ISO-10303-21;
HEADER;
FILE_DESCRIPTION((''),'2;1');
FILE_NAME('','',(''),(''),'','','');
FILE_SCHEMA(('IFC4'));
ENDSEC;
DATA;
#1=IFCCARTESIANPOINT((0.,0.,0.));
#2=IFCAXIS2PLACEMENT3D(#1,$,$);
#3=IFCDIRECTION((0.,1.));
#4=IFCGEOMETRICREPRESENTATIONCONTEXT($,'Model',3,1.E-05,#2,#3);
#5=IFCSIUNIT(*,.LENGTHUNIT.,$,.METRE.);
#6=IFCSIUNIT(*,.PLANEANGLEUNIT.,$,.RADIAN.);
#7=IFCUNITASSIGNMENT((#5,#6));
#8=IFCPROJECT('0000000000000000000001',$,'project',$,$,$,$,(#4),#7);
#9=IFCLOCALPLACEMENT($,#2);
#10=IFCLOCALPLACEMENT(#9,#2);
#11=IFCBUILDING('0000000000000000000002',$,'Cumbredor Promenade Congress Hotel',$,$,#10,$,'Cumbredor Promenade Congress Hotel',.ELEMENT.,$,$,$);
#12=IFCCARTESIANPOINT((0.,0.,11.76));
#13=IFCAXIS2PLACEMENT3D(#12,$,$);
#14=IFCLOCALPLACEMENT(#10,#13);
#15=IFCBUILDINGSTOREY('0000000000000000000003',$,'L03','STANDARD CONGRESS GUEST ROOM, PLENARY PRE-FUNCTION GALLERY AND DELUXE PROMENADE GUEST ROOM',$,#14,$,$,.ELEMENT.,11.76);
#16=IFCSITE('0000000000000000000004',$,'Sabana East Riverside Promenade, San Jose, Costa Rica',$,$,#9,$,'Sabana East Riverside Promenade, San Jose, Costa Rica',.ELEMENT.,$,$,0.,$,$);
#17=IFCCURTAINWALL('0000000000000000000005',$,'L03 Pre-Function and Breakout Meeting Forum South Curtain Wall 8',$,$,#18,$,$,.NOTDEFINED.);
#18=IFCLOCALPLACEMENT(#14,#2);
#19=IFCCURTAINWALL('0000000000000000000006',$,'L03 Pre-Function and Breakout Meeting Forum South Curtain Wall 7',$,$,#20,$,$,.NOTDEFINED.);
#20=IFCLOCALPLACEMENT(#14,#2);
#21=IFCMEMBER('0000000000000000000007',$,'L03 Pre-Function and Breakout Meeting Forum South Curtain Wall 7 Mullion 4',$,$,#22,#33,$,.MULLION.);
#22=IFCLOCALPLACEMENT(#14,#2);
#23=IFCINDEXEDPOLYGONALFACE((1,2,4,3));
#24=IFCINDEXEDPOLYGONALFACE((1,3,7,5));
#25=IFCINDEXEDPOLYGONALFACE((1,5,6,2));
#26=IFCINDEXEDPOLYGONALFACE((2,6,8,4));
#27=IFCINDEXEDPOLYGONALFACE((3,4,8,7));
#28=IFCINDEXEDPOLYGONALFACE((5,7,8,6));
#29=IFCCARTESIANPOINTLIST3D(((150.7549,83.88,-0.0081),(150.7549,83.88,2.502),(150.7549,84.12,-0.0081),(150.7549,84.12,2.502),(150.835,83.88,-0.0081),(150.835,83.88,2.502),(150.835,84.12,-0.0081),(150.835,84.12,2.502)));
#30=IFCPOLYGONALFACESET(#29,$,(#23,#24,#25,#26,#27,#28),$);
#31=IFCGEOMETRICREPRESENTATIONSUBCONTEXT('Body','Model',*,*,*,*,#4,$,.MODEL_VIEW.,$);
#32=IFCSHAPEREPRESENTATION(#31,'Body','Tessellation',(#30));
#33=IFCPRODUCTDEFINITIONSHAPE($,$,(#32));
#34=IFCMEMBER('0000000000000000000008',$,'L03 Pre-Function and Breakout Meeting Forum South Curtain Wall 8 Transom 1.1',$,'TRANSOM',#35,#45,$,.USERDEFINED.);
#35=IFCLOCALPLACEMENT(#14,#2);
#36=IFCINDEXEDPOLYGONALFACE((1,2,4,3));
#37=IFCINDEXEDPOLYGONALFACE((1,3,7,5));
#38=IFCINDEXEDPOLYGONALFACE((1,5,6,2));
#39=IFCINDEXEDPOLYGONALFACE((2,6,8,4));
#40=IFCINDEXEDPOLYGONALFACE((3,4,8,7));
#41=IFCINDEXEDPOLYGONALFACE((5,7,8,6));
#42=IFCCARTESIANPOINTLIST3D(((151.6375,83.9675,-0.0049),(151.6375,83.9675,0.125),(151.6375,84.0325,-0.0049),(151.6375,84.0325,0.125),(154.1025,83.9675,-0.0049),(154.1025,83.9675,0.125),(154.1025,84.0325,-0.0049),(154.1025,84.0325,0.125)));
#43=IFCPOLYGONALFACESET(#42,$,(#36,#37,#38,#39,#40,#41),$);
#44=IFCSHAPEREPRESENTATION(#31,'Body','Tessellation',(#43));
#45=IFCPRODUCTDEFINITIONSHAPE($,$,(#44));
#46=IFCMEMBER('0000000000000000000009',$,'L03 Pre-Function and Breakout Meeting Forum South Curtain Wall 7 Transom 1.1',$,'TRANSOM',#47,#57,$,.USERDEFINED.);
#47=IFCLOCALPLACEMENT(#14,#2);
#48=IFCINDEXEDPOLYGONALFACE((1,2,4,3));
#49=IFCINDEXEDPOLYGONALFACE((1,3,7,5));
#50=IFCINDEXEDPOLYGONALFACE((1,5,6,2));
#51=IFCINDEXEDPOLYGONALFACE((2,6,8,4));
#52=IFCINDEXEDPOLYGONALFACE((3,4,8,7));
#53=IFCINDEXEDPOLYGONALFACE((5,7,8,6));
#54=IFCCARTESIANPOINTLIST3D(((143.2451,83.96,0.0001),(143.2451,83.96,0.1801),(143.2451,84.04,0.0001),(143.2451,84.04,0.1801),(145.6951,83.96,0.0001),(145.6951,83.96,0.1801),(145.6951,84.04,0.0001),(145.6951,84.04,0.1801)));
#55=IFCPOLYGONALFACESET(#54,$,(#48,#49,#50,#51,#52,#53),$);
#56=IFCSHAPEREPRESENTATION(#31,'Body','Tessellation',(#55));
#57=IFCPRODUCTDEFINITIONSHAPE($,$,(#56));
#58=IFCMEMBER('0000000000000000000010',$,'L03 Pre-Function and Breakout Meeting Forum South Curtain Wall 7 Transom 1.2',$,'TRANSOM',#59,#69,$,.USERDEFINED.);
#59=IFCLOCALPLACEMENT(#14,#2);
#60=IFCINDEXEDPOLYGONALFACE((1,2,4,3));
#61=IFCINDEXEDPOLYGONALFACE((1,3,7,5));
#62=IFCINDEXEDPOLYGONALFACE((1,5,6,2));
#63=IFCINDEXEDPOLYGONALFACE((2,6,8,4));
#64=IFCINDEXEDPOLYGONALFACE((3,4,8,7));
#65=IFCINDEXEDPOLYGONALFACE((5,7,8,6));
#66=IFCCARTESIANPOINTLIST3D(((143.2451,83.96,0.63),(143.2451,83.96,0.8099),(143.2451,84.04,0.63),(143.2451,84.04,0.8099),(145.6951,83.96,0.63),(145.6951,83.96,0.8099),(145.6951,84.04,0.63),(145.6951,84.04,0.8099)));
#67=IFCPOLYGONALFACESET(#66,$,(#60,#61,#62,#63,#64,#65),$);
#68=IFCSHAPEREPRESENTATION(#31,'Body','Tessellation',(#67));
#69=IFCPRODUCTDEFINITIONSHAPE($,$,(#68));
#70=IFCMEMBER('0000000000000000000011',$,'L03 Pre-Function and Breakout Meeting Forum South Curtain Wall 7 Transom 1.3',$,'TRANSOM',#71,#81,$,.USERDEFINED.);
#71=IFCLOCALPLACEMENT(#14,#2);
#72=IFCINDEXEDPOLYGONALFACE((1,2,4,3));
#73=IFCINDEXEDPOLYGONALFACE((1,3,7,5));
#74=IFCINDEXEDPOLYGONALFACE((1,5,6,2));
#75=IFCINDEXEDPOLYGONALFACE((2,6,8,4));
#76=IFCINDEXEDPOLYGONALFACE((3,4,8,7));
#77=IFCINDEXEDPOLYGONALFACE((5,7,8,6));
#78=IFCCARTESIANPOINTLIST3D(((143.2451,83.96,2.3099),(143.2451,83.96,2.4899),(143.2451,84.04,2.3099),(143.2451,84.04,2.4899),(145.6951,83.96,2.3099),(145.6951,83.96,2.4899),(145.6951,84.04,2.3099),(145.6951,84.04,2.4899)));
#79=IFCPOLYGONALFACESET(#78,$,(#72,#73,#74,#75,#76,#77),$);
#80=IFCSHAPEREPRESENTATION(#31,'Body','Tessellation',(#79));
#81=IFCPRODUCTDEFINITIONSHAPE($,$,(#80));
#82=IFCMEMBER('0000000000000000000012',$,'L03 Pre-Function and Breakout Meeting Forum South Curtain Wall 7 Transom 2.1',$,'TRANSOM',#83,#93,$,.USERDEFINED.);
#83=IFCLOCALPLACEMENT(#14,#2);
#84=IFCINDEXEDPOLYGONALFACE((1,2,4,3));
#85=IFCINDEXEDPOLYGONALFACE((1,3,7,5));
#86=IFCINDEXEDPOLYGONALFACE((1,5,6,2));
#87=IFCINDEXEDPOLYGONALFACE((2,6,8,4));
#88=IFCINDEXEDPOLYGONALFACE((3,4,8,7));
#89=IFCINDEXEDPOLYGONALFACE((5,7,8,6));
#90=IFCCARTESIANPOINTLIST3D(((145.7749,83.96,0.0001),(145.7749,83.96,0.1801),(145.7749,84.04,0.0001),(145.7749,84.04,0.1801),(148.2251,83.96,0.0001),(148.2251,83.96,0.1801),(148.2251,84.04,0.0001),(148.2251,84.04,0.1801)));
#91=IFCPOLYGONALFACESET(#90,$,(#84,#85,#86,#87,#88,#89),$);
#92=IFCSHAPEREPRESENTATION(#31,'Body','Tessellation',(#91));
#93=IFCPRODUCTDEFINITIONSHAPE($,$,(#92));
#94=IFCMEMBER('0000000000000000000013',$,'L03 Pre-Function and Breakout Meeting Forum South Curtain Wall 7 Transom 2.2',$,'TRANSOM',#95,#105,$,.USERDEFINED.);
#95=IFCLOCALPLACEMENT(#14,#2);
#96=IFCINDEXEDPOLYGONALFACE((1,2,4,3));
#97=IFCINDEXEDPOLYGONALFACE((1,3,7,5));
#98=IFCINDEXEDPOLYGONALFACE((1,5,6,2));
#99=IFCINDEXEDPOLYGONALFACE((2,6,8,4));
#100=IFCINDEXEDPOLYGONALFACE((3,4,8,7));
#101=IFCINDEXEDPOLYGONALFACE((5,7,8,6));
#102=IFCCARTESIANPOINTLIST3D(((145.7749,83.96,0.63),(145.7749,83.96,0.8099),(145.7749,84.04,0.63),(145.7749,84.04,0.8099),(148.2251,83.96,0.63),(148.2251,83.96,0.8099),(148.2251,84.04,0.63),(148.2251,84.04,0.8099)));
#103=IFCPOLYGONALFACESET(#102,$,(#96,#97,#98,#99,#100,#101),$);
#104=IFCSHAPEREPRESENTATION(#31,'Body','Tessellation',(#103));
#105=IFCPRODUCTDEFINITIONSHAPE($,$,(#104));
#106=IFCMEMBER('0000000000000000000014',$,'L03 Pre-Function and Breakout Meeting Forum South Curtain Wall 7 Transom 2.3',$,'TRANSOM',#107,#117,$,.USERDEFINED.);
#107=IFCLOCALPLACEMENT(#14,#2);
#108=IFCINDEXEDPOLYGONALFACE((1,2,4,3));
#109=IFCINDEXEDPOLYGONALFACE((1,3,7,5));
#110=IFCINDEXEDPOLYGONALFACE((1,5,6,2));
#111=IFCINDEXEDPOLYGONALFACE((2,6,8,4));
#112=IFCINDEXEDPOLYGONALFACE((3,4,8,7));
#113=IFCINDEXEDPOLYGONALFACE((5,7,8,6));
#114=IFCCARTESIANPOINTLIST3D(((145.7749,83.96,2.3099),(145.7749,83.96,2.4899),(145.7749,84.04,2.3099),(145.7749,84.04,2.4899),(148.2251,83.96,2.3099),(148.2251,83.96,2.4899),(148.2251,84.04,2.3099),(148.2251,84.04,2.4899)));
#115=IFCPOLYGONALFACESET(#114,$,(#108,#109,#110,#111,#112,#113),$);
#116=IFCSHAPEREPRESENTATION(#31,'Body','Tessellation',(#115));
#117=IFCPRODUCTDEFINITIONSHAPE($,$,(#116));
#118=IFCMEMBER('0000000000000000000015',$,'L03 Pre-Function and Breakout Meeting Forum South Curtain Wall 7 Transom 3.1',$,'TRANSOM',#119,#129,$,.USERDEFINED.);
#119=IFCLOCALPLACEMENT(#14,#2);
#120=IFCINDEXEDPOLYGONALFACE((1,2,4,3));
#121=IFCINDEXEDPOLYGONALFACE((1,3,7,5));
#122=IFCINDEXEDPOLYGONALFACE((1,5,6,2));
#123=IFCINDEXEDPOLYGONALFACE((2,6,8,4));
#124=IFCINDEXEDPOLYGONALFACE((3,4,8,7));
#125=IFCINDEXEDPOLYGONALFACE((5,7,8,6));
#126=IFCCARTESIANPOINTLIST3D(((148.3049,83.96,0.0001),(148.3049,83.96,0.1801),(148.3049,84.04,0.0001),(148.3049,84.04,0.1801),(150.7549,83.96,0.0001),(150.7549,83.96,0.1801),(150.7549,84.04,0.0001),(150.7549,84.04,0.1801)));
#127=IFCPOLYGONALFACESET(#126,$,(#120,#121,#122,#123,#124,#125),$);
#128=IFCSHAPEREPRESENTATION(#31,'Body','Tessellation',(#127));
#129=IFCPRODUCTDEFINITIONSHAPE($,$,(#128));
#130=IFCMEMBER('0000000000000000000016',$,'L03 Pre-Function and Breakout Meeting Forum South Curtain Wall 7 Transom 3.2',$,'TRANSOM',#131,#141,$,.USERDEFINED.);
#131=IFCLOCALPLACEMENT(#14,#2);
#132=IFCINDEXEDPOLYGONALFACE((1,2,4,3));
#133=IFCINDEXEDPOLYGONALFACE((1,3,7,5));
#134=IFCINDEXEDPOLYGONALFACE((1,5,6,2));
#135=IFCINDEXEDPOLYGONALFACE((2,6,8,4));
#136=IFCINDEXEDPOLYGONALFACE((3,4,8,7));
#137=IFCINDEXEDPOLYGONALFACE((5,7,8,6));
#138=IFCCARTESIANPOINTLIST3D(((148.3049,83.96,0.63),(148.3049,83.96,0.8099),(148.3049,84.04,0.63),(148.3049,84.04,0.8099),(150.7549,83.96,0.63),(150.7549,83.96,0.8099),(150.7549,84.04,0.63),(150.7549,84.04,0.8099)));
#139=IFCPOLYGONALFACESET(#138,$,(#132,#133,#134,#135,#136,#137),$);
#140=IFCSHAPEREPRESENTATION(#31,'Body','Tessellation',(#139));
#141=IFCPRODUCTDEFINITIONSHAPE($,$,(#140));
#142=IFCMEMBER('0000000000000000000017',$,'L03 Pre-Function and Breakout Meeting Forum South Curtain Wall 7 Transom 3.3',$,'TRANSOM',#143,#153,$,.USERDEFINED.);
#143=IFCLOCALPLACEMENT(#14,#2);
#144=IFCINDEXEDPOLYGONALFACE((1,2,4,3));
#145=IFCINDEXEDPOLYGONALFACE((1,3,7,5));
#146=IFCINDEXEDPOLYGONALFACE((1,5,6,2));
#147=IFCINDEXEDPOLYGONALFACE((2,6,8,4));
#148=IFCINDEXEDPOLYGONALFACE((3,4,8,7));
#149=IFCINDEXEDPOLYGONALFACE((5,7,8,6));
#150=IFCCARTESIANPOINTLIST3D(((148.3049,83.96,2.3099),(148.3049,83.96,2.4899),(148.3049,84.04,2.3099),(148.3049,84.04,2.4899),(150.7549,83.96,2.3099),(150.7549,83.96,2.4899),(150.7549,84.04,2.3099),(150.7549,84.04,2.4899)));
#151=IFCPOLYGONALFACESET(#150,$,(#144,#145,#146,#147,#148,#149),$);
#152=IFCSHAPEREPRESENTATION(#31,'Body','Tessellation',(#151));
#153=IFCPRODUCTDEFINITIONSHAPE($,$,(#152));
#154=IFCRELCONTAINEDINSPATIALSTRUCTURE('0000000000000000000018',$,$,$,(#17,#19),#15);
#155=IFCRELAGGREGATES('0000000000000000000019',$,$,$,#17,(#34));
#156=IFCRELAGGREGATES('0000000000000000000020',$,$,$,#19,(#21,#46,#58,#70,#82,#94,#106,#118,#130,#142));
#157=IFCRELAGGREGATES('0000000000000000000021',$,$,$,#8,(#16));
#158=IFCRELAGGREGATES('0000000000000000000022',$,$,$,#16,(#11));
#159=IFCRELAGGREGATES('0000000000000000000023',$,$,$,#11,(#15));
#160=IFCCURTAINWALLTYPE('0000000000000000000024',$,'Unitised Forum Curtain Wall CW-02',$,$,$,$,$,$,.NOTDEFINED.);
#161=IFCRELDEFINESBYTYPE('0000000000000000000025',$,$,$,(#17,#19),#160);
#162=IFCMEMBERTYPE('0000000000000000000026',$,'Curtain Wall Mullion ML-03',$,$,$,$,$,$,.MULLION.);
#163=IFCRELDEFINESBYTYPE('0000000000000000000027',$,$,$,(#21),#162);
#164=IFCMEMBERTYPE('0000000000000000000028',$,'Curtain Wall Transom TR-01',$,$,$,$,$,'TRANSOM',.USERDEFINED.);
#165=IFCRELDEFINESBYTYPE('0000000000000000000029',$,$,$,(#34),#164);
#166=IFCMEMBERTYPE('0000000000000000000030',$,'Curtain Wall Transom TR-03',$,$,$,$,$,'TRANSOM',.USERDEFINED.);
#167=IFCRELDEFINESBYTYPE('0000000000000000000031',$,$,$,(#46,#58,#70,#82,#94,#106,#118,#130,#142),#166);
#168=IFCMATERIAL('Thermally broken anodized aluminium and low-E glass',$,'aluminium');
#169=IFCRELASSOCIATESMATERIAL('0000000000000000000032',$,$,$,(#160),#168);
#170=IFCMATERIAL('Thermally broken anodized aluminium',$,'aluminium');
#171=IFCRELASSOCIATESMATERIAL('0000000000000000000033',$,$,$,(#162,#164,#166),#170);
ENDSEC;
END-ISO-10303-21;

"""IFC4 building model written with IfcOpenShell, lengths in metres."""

from ifc_helpers import new_model, si_unit, direction, frame, origin, origin_2d, place, context, subcontext, project, spatial, rectangle, extrude, material, material_profile, profile_set, type_object, element, aggregate, save


model = new_model("IFC4")

# Units and contexts
model_context = context("Model", 3, precision=1e-05, world=origin(), true_north=direction((0.0, 1.0)))
body_context = subcontext(model_context, "Body", "Model", "MODEL_VIEW")
ifc_project = project(units=[si_unit("LENGTHUNIT", "METRE"), si_unit("PLANEANGLEUNIT", "RADIAN")], contexts=[model_context])

# Site, building, storey
site_placement = place(None, origin())
site = spatial("IfcSite", under=ifc_project, at=site_placement, Name="Sabana East Riverside Promenade, San Jose, Costa Rica", LongName="Sabana East Riverside Promenade, San Jose, Costa Rica", CompositionType="ELEMENT", RefElevation=0.0)
building_placement = place(site_placement, origin())
building = spatial("IfcBuilding", under=site, at=building_placement, Name="Cumbredor Promenade Congress Hotel", LongName="Cumbredor Promenade Congress Hotel", CompositionType="ELEMENT")
storey_placement = place(building_placement, frame((0.0, 0.0, 11.76)))
storey = spatial("IfcBuildingStorey", under=building, at=storey_placement, Name="L03", Description="STANDARD CONGRESS GUEST ROOM, PLENARY PRE-FUNCTION GALLERY AND DELUXE PROMENADE GUEST ROOM", CompositionType="ELEMENT", Elevation=11.76)

# Curtain wall
ifc_material_1 = material(Name="Thermally broken anodized aluminium and low-E glass", Category="aluminium")
curtain_wall_type = type_object("IfcCurtainWallType", Name="Unitised Forum Curtain Wall CW-02", PredefinedType="NOTDEFINED", material=ifc_material_1)
curtain_wall_1_placement = place(storey_placement, origin())
curtain_wall_1 = element("IfcCurtainWall", 1, at=curtain_wall_1_placement, inside=storey, type_object=curtain_wall_type, Name="L03 Pre-Function and Breakout Meeting Forum South Curtain Wall 8", PredefinedType="NOTDEFINED")
ifc_material_2 = material(Name="Thermally broken anodized aluminium", Category="aluminium")

# Curtain wall, member
curtain_wall_2_placement = place(storey_placement, origin())
curtain_wall_2 = element("IfcCurtainWall", 2, at=curtain_wall_2_placement, inside=storey, type_object=curtain_wall_type, Name="L03 Pre-Function and Breakout Meeting Forum South Curtain Wall 7", PredefinedType="NOTDEFINED")
ifc_material_profile_1 = material_profile(ifc_material_2, rectangle(XDim=0.0801, YDim=0.24, at=origin_2d()), Name="ALU MULLION 80x240")
ifc_profile_set_1 = profile_set([ifc_material_profile_1], Name="Thermally broken anodized aluminium")
member_type_1 = type_object("IfcMemberType", Name="Curtain Wall Mullion ML-03", PredefinedType="MULLION", material=ifc_profile_set_1)
member_1_placement = place(storey_placement, frame((150.7949, 84.0, -0.0081), z_axis=(0.0, 0.0, 1.0), x_axis=(1.0, 0.0, 0.0)))
member_1 = element("IfcMember", 3, at=member_1_placement, type_object=member_type_1, Name="L03 Pre-Function and Breakout Meeting Forum South Curtain Wall 7 Mullion 4", PredefinedType="MULLION", context=body_context, shape_type="SweptSolid", body=[
    extrude(rectangle(XDim=0.0801, YDim=0.24, at=origin_2d()), origin(), (0.0, 0.0, 1.0), 2.51),
])

# Members
ifc_material_profile_2 = material_profile(ifc_material_2, rectangle(XDim=0.0649, YDim=0.1299, at=origin_2d()), Name="ALU TRANSOM 65x130")
ifc_profile_set_2 = profile_set([ifc_material_profile_2], Name="Thermally broken anodized aluminium")
member_type_2 = type_object("IfcMemberType", Name="Curtain Wall Transom TR-01", ElementType="TRANSOM", PredefinedType="USERDEFINED", material=ifc_profile_set_2)
member_2_placement = place(storey_placement, frame((151.6375, 84.0, 0.0601), z_axis=(1.0, 0.0, 0.0), x_axis=(0.0, 1.0, 0.0)))
member_2 = element("IfcMember", 4, at=member_2_placement, type_object=member_type_2, Name="L03 Pre-Function and Breakout Meeting Forum South Curtain Wall 8 Transom 1.1", ObjectType="TRANSOM", PredefinedType="USERDEFINED", context=body_context, shape_type="SweptSolid", body=[
    extrude(rectangle(XDim=0.0649, YDim=0.1299, at=origin_2d()), origin(), (0.0, 0.0, 1.0), 2.4651),
])
aggregate(curtain_wall_1, [member_2])
ifc_material_profile_3 = material_profile(ifc_material_2, rectangle(XDim=0.0801, YDim=0.1799, at=origin_2d()), Name="ALU TRANSOM 80x180")
ifc_profile_set_3 = profile_set([ifc_material_profile_3], Name="Thermally broken anodized aluminium")
member_type_3 = type_object("IfcMemberType", Name="Curtain Wall Transom TR-03", ElementType="TRANSOM", PredefinedType="USERDEFINED", material=ifc_profile_set_3)
member_3_placement = place(storey_placement, frame((143.2451, 84.0, 0.0901), z_axis=(1.0, 0.0, 0.0), x_axis=(0.0, 1.0, 0.0)))
member_3 = element("IfcMember", 5, at=member_3_placement, type_object=member_type_3, Name="L03 Pre-Function and Breakout Meeting Forum South Curtain Wall 7 Transom 1.1", ObjectType="TRANSOM", PredefinedType="USERDEFINED", context=body_context, shape_type="SweptSolid", body=[
    extrude(rectangle(XDim=0.0801, YDim=0.1799, at=origin_2d()), origin(), (0.0, 0.0, 1.0), 2.45),
])
member_4_placement = place(storey_placement, frame((143.2451, 84.0, 0.72), z_axis=(1.0, 0.0, 0.0), x_axis=(0.0, 1.0, 0.0)))
member_4 = element("IfcMember", 6, at=member_4_placement, type_object=member_type_3, Name="L03 Pre-Function and Breakout Meeting Forum South Curtain Wall 7 Transom 1.2", ObjectType="TRANSOM", PredefinedType="USERDEFINED", context=body_context, shape_type="SweptSolid", body=[
    extrude(rectangle(XDim=0.0801, YDim=0.1799, at=origin_2d()), origin(), (0.0, 0.0, 1.0), 2.45),
])
member_5_placement = place(storey_placement, frame((143.2451, 84.0, 2.3999), z_axis=(1.0, 0.0, 0.0), x_axis=(0.0, 1.0, 0.0)))
member_5 = element("IfcMember", 7, at=member_5_placement, type_object=member_type_3, Name="L03 Pre-Function and Breakout Meeting Forum South Curtain Wall 7 Transom 1.3", ObjectType="TRANSOM", PredefinedType="USERDEFINED", context=body_context, shape_type="SweptSolid", body=[
    extrude(rectangle(XDim=0.0801, YDim=0.1799, at=origin_2d()), origin(), (0.0, 0.0, 1.0), 2.45),
])
member_6_placement = place(storey_placement, frame((145.7749, 84.0, 0.0901), z_axis=(1.0, 0.0, 0.0), x_axis=(0.0, 1.0, 0.0)))
member_6 = element("IfcMember", 8, at=member_6_placement, type_object=member_type_3, Name="L03 Pre-Function and Breakout Meeting Forum South Curtain Wall 7 Transom 2.1", ObjectType="TRANSOM", PredefinedType="USERDEFINED", context=body_context, shape_type="SweptSolid", body=[
    extrude(rectangle(XDim=0.0801, YDim=0.1799, at=origin_2d()), origin(), (0.0, 0.0, 1.0), 2.4502),
])
member_7_placement = place(storey_placement, frame((145.7749, 84.0, 0.72), z_axis=(1.0, 0.0, 0.0), x_axis=(0.0, 1.0, 0.0)))
member_7 = element("IfcMember", 9, at=member_7_placement, type_object=member_type_3, Name="L03 Pre-Function and Breakout Meeting Forum South Curtain Wall 7 Transom 2.2", ObjectType="TRANSOM", PredefinedType="USERDEFINED", context=body_context, shape_type="SweptSolid", body=[
    extrude(rectangle(XDim=0.0801, YDim=0.1799, at=origin_2d()), origin(), (0.0, 0.0, 1.0), 2.4502),
])
member_8_placement = place(storey_placement, frame((145.7749, 84.0, 2.3999), z_axis=(1.0, 0.0, 0.0), x_axis=(0.0, 1.0, 0.0)))
member_8 = element("IfcMember", 10, at=member_8_placement, type_object=member_type_3, Name="L03 Pre-Function and Breakout Meeting Forum South Curtain Wall 7 Transom 2.3", ObjectType="TRANSOM", PredefinedType="USERDEFINED", context=body_context, shape_type="SweptSolid", body=[
    extrude(rectangle(XDim=0.0801, YDim=0.1799, at=origin_2d()), origin(), (0.0, 0.0, 1.0), 2.4502),
])
member_9_placement = place(storey_placement, frame((148.3049, 84.0, 0.0901), z_axis=(1.0, 0.0, 0.0), x_axis=(0.0, 1.0, 0.0)))
member_9 = element("IfcMember", 11, at=member_9_placement, type_object=member_type_3, Name="L03 Pre-Function and Breakout Meeting Forum South Curtain Wall 7 Transom 3.1", ObjectType="TRANSOM", PredefinedType="USERDEFINED", context=body_context, shape_type="SweptSolid", body=[
    extrude(rectangle(XDim=0.0801, YDim=0.1799, at=origin_2d()), origin(), (0.0, 0.0, 1.0), 2.45),
])
member_10_placement = place(storey_placement, frame((148.3049, 84.0, 0.72), z_axis=(1.0, 0.0, 0.0), x_axis=(0.0, 1.0, 0.0)))
member_10 = element("IfcMember", 12, at=member_10_placement, type_object=member_type_3, Name="L03 Pre-Function and Breakout Meeting Forum South Curtain Wall 7 Transom 3.2", ObjectType="TRANSOM", PredefinedType="USERDEFINED", context=body_context, shape_type="SweptSolid", body=[
    extrude(rectangle(XDim=0.0801, YDim=0.1799, at=origin_2d()), origin(), (0.0, 0.0, 1.0), 2.45),
])
member_11_placement = place(storey_placement, frame((148.3049, 84.0, 2.3999), z_axis=(1.0, 0.0, 0.0), x_axis=(0.0, 1.0, 0.0)))
member_11 = element("IfcMember", 13, at=member_11_placement, type_object=member_type_3, Name="L03 Pre-Function and Breakout Meeting Forum South Curtain Wall 7 Transom 3.3", ObjectType="TRANSOM", PredefinedType="USERDEFINED", context=body_context, shape_type="SweptSolid", body=[
    extrude(rectangle(XDim=0.0801, YDim=0.1799, at=origin_2d()), origin(), (0.0, 0.0, 1.0), 2.45),
])

aggregate(curtain_wall_2, [member_1, member_3, member_4, member_5, member_6, member_7, member_8, member_9, member_10, member_11])

save(model, "model.ifc")
